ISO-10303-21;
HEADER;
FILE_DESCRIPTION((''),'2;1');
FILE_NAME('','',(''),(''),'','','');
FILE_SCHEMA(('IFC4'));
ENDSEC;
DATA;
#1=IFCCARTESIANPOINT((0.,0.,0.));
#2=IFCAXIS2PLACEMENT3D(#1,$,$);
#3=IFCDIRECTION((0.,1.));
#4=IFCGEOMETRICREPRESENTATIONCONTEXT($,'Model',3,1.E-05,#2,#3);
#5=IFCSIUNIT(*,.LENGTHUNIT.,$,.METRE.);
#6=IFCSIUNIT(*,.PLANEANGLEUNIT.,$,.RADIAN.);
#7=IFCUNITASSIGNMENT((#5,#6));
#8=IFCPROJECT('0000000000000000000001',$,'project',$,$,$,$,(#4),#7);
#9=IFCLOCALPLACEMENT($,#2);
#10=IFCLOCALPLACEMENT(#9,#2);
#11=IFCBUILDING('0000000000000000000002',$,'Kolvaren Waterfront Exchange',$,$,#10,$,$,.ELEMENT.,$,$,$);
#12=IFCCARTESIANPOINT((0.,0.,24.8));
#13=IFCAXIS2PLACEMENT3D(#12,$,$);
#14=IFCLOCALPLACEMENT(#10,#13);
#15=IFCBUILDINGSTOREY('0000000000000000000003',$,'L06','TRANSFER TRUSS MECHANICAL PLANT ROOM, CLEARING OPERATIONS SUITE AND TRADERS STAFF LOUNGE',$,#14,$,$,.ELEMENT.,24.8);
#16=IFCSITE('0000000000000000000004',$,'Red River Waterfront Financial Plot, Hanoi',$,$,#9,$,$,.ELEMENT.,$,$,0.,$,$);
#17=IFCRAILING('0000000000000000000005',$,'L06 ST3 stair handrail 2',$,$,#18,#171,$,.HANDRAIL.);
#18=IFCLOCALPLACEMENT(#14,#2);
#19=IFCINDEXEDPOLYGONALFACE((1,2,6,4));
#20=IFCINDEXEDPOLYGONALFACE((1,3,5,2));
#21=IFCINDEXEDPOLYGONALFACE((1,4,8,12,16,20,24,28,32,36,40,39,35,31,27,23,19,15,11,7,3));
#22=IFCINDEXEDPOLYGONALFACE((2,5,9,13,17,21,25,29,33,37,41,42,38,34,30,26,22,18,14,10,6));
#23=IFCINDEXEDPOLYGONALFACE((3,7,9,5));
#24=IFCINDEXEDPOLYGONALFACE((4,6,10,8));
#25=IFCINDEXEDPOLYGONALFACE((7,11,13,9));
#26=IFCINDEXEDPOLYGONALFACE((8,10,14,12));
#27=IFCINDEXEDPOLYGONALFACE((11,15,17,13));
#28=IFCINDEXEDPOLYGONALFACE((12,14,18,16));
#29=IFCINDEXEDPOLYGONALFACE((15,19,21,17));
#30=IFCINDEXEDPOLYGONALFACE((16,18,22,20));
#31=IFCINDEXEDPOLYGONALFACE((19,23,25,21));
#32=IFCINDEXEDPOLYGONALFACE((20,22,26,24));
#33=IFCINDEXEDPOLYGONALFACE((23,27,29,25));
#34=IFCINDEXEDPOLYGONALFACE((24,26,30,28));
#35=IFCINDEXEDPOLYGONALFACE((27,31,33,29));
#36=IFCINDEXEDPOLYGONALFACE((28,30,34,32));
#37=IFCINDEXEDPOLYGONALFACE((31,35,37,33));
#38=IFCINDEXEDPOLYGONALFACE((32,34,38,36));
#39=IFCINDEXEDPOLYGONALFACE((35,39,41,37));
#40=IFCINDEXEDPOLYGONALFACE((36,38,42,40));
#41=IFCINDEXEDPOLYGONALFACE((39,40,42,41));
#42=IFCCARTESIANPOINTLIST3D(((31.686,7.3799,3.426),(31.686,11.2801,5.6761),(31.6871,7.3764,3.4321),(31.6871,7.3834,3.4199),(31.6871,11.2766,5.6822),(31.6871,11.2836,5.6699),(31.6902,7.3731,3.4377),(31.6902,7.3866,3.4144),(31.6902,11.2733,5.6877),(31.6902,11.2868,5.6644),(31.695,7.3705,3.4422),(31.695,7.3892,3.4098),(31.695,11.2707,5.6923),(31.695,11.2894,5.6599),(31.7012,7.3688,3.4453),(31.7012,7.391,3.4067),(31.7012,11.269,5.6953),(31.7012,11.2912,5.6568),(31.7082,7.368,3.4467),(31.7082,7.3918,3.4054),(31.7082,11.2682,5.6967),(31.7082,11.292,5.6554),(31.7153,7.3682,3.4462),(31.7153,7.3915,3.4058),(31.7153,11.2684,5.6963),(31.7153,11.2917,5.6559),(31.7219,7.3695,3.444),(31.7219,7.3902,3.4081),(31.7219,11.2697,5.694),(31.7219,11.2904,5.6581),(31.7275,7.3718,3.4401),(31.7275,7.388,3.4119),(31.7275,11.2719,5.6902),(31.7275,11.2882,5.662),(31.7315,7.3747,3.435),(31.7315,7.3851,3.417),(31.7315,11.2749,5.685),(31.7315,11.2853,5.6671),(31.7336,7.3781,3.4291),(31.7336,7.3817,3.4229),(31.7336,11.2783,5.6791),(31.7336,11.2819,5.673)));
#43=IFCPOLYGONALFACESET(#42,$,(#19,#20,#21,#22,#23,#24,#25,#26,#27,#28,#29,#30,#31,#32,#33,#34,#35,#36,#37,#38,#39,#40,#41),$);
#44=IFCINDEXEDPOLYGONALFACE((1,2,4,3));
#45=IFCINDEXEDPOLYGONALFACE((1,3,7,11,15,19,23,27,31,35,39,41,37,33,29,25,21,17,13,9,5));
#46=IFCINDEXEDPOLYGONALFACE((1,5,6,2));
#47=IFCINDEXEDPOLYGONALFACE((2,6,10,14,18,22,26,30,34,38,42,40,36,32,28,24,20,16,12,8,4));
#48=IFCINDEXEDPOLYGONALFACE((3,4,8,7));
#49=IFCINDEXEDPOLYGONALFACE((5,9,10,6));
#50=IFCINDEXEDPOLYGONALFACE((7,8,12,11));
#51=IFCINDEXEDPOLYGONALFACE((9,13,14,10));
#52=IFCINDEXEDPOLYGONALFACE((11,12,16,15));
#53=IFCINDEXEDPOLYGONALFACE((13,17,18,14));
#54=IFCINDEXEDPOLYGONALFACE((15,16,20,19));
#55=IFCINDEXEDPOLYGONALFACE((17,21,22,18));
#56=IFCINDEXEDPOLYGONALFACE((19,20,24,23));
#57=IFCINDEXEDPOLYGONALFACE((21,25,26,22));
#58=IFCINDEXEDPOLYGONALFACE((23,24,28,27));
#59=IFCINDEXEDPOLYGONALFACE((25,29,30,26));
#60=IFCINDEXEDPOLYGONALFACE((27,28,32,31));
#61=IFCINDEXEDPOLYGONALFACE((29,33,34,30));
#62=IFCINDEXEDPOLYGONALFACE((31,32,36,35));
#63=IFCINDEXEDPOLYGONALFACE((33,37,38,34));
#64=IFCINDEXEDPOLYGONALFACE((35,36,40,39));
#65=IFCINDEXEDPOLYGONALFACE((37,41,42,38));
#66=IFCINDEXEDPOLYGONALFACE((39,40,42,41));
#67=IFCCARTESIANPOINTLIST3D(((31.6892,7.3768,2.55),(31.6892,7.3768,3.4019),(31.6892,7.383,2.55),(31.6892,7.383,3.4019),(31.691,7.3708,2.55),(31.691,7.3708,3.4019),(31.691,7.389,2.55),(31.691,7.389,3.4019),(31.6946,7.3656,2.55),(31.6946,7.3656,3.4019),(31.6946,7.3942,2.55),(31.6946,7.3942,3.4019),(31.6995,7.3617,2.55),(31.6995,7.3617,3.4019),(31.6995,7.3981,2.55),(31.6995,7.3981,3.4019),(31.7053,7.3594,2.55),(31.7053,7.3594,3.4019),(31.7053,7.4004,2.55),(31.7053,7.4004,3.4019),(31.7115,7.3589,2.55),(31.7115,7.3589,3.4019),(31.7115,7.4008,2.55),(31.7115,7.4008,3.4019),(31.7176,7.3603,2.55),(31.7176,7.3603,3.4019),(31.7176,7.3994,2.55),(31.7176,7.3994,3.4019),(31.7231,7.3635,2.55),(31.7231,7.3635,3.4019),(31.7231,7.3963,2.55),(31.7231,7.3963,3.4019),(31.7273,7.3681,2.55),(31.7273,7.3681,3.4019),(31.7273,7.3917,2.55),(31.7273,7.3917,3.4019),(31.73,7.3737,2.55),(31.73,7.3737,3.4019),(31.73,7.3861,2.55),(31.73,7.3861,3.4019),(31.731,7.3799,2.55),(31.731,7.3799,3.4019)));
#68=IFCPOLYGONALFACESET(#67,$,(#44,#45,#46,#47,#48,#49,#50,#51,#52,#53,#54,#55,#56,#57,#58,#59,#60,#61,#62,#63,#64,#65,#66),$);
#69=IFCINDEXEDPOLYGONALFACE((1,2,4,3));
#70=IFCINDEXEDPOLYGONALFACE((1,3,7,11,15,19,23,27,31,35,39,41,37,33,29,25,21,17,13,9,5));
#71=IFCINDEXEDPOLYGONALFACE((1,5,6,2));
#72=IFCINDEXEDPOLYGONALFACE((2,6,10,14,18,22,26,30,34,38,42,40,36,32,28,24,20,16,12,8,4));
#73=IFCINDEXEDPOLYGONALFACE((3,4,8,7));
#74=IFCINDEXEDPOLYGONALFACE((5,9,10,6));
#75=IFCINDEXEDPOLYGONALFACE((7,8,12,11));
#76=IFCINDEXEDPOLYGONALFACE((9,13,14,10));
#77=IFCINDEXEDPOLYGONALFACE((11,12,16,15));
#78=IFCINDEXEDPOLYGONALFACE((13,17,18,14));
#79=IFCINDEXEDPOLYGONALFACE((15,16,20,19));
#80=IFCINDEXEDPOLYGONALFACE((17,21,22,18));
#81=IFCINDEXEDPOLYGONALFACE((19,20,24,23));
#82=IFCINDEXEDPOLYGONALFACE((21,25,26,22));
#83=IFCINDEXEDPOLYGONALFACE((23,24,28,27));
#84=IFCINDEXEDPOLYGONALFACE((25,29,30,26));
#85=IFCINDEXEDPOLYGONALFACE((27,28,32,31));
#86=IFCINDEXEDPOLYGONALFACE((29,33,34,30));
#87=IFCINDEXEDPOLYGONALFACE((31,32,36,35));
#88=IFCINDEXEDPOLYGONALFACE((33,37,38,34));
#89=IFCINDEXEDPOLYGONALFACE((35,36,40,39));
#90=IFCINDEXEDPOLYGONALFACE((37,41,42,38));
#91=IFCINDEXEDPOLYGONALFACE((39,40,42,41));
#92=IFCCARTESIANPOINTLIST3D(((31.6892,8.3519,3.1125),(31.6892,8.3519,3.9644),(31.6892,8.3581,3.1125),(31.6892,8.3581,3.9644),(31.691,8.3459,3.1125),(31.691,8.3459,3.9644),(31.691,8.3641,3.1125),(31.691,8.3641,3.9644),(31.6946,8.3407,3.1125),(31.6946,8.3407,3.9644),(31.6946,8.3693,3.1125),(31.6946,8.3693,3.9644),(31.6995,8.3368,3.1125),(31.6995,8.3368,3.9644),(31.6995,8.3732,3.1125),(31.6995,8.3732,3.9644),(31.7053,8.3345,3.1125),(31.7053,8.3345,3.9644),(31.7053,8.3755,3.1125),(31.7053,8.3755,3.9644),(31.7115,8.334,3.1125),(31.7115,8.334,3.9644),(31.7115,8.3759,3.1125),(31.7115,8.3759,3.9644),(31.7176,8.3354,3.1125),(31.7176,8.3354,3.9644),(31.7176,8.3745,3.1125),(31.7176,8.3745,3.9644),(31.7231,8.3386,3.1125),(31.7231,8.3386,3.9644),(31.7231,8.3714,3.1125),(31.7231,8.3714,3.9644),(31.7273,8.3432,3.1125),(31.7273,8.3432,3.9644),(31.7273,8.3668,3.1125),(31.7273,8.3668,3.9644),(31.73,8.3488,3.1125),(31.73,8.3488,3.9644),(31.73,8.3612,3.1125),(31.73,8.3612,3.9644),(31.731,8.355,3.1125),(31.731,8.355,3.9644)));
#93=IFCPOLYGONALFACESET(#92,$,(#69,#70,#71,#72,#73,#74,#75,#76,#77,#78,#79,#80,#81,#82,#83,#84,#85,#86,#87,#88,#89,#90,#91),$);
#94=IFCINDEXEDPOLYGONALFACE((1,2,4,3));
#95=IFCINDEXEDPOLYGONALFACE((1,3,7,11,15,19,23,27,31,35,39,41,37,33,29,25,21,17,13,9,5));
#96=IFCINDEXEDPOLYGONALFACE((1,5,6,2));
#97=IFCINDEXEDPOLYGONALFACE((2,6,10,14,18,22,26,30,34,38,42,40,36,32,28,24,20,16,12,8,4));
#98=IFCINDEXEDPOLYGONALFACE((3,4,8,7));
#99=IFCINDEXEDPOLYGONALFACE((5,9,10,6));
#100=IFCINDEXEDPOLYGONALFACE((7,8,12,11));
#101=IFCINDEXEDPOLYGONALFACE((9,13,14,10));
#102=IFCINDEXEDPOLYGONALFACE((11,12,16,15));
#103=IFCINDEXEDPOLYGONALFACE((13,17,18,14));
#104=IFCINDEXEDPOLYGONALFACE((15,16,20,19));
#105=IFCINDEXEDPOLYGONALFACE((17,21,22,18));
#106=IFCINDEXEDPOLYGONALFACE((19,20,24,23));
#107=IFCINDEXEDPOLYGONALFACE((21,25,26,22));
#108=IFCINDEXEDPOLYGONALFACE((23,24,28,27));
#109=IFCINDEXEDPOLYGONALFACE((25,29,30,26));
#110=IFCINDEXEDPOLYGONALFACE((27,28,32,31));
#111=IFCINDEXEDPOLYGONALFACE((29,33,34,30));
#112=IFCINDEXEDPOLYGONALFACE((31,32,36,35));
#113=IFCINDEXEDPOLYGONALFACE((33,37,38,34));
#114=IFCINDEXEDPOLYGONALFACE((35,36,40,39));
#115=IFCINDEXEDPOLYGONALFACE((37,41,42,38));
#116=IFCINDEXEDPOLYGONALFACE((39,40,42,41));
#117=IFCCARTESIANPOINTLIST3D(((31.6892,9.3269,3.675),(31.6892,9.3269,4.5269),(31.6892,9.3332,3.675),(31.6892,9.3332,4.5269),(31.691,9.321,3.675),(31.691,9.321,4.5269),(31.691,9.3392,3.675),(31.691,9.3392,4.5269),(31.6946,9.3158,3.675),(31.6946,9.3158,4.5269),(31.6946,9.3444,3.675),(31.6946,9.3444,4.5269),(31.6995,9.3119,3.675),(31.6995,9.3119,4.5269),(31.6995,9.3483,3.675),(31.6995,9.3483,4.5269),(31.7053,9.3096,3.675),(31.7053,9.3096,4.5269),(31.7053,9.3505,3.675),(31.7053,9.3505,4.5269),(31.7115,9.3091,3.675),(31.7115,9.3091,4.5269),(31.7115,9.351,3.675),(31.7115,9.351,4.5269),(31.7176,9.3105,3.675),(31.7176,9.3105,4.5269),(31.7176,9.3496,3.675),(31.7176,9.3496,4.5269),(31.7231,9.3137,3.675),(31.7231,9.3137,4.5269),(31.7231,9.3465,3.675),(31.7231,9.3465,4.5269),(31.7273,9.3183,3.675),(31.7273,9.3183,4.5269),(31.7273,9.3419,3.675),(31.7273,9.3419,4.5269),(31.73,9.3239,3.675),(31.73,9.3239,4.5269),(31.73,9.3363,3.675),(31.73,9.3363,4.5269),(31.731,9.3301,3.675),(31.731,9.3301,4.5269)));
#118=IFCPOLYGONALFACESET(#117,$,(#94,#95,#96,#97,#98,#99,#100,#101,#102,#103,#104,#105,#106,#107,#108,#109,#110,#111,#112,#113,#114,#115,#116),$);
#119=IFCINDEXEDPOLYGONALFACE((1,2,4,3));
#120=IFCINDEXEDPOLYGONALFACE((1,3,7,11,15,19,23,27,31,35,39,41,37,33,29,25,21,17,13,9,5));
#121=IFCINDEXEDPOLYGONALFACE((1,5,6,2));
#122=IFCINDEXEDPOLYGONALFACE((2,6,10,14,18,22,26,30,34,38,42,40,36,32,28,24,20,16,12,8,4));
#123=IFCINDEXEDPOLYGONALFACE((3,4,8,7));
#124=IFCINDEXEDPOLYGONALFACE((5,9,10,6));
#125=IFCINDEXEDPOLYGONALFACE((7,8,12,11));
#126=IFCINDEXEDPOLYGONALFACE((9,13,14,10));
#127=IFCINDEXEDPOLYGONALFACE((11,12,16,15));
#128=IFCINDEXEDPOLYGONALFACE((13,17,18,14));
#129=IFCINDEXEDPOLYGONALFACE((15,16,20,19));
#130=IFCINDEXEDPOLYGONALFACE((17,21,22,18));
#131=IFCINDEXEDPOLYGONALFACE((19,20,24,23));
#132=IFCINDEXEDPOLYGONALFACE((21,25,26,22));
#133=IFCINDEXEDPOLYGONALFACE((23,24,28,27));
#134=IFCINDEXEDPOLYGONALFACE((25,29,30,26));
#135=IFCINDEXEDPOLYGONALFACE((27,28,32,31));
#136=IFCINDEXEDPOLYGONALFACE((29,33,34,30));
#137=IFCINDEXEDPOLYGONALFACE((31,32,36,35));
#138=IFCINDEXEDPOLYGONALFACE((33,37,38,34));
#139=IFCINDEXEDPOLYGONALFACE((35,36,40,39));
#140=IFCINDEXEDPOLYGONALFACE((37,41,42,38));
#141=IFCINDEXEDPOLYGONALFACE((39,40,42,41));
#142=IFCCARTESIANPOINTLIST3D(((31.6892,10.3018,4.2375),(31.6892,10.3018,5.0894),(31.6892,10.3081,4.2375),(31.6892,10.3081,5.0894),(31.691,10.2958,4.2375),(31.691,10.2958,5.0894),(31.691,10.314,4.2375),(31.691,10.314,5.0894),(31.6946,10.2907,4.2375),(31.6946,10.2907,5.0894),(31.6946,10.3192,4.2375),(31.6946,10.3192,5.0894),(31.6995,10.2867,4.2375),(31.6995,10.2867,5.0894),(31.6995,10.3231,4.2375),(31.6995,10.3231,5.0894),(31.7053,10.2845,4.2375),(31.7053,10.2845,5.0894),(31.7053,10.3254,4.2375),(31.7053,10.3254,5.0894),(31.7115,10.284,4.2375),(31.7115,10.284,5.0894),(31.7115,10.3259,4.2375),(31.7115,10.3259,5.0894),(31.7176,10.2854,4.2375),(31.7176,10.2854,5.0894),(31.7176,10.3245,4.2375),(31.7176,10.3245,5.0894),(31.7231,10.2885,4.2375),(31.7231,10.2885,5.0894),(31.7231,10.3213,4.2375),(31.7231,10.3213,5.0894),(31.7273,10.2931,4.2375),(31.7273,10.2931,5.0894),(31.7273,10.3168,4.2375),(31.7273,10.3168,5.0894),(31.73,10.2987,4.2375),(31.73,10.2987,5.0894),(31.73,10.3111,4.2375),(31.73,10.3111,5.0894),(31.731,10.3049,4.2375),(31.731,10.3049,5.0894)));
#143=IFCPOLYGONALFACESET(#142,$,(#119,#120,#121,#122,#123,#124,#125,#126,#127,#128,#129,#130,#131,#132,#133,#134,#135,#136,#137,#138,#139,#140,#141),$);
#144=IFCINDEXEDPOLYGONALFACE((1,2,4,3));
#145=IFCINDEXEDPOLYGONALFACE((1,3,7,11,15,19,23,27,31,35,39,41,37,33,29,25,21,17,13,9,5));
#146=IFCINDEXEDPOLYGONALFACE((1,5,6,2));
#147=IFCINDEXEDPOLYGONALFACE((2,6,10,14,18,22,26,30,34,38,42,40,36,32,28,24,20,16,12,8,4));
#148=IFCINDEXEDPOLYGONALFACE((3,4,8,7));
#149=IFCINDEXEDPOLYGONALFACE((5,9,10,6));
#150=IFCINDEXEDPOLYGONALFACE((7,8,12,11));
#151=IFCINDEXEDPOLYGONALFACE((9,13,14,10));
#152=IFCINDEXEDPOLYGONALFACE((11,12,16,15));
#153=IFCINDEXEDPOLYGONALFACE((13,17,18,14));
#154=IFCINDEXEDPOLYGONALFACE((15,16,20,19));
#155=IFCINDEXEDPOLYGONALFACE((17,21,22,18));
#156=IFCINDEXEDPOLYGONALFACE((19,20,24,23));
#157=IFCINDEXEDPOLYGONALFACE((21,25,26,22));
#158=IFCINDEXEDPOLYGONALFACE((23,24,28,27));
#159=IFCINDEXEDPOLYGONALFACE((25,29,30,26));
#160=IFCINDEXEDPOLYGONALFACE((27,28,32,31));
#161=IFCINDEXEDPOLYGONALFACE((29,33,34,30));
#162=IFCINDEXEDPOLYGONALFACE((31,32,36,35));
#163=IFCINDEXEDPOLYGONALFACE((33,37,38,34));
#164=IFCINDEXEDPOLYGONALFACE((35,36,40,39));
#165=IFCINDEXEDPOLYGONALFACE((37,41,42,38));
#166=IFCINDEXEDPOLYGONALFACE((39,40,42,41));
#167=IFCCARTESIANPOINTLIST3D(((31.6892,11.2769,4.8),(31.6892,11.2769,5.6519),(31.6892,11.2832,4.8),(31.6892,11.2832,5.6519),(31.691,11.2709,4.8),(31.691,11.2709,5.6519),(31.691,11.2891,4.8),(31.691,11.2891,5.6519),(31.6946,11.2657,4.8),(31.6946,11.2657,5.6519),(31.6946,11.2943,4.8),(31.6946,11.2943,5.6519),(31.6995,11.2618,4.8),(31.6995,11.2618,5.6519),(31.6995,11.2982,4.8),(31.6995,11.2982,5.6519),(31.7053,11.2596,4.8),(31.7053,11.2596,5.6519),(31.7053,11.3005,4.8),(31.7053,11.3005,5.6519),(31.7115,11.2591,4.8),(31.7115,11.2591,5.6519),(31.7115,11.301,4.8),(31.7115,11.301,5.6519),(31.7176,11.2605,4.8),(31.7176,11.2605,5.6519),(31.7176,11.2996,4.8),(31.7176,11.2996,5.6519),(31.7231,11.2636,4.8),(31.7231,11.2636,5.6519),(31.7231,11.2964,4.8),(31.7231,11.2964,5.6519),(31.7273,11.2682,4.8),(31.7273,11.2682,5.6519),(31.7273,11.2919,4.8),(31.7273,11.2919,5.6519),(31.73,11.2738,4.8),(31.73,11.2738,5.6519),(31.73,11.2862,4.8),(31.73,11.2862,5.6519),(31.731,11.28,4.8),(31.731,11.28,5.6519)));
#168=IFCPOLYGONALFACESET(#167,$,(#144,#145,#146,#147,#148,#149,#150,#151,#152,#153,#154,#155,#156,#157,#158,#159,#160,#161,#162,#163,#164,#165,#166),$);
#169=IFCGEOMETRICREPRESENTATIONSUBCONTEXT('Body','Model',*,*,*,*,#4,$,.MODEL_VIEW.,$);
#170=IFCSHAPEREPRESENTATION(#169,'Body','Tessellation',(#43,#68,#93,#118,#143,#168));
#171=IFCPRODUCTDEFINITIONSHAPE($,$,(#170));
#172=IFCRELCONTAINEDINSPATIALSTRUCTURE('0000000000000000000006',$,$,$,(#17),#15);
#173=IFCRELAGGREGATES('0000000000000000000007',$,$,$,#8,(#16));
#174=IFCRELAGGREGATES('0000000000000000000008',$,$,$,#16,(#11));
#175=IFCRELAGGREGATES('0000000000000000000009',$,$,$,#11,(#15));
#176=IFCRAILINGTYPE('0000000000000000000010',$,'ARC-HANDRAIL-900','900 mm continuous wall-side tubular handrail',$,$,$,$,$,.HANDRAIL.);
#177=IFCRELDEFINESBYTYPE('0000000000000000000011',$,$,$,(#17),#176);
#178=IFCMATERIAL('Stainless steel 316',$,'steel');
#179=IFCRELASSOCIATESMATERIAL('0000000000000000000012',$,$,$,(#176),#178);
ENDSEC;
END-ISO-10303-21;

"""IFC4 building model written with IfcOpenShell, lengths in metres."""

from ifc_helpers import new_model, si_unit, direction, frame, origin, origin_2d, place, context, subcontext, project, spatial, circle, extrude, material, type_object, element, save


model = new_model("IFC4")

# Units and contexts
model_context = context("Model", 3, precision=1e-05, world=origin(), true_north=direction((0.0, 1.0)))
body_context = subcontext(model_context, "Body", "Model", "MODEL_VIEW")
ifc_project = project(units=[si_unit("LENGTHUNIT", "METRE"), si_unit("PLANEANGLEUNIT", "RADIAN")], contexts=[model_context])

# Site, building, storey
site_placement = place(None, origin())
site = spatial("IfcSite", under=ifc_project, at=site_placement, Name="Red River Waterfront Financial Plot, Hanoi", CompositionType="ELEMENT", RefElevation=0.0)
building_placement = place(site_placement, origin())
building = spatial("IfcBuilding", under=site, at=building_placement, Name="Kolvaren Waterfront Exchange", CompositionType="ELEMENT")
storey_placement = place(building_placement, frame((0.0, 0.0, 24.8)))
storey = spatial("IfcBuildingStorey", under=building, at=storey_placement, Name="L06", Description="TRANSFER TRUSS MECHANICAL PLANT ROOM, CLEARING OPERATIONS SUITE AND TRADERS STAFF LOUNGE", CompositionType="ELEMENT", Elevation=24.8)

# Railing
ifc_material_1 = material(Name="Stainless steel 316", Category="steel")
railing_type_1 = type_object("IfcRailingType", Name="ARC-HANDRAIL-900", Description="900 mm continuous wall-side tubular handrail", PredefinedType="HANDRAIL", material=ifc_material_1)
railing_1_placement = place(storey_placement, frame((31.71, 7.3799, 2.55)))
element("IfcRailing", 1, at=railing_1_placement, inside=storey, type_object=railing_type_1, Name="L06 ST3 stair handrail 2", PredefinedType="HANDRAIL", context=body_context, shape_type="SweptSolid", body=[
    extrude(circle(Radius=0.0239, at=origin_2d()), frame((0.0, 0.0, 0.876), z_axis=(0.0, 0.866194, 0.499708), x_axis=(-1.0, 0.0, 0.0)), (0.0, 0.0, 1.0), 4.5027),
    extrude(circle(Radius=0.021, at=origin_2d()), origin(), (0.0, 0.0, 1.0), 0.8518),
    extrude(circle(Radius=0.021, at=origin_2d()), frame((0.0, 0.9751, 0.5625)), (0.0, 0.0, 1.0), 0.8518),
    extrude(circle(Radius=0.021, at=origin_2d()), frame((0.0, 1.9502, 1.125)), (0.0, 0.0, 1.0), 0.8518),
    extrude(circle(Radius=0.021, at=origin_2d()), frame((0.0, 2.925, 1.6875)), (0.0, 0.0, 1.0), 0.8518),
    extrude(circle(Radius=0.021, at=origin_2d()), frame((0.0, 3.9001, 2.25)), (0.0, 0.0, 1.0), 0.8518),
])

save(model, "model.ifc")
